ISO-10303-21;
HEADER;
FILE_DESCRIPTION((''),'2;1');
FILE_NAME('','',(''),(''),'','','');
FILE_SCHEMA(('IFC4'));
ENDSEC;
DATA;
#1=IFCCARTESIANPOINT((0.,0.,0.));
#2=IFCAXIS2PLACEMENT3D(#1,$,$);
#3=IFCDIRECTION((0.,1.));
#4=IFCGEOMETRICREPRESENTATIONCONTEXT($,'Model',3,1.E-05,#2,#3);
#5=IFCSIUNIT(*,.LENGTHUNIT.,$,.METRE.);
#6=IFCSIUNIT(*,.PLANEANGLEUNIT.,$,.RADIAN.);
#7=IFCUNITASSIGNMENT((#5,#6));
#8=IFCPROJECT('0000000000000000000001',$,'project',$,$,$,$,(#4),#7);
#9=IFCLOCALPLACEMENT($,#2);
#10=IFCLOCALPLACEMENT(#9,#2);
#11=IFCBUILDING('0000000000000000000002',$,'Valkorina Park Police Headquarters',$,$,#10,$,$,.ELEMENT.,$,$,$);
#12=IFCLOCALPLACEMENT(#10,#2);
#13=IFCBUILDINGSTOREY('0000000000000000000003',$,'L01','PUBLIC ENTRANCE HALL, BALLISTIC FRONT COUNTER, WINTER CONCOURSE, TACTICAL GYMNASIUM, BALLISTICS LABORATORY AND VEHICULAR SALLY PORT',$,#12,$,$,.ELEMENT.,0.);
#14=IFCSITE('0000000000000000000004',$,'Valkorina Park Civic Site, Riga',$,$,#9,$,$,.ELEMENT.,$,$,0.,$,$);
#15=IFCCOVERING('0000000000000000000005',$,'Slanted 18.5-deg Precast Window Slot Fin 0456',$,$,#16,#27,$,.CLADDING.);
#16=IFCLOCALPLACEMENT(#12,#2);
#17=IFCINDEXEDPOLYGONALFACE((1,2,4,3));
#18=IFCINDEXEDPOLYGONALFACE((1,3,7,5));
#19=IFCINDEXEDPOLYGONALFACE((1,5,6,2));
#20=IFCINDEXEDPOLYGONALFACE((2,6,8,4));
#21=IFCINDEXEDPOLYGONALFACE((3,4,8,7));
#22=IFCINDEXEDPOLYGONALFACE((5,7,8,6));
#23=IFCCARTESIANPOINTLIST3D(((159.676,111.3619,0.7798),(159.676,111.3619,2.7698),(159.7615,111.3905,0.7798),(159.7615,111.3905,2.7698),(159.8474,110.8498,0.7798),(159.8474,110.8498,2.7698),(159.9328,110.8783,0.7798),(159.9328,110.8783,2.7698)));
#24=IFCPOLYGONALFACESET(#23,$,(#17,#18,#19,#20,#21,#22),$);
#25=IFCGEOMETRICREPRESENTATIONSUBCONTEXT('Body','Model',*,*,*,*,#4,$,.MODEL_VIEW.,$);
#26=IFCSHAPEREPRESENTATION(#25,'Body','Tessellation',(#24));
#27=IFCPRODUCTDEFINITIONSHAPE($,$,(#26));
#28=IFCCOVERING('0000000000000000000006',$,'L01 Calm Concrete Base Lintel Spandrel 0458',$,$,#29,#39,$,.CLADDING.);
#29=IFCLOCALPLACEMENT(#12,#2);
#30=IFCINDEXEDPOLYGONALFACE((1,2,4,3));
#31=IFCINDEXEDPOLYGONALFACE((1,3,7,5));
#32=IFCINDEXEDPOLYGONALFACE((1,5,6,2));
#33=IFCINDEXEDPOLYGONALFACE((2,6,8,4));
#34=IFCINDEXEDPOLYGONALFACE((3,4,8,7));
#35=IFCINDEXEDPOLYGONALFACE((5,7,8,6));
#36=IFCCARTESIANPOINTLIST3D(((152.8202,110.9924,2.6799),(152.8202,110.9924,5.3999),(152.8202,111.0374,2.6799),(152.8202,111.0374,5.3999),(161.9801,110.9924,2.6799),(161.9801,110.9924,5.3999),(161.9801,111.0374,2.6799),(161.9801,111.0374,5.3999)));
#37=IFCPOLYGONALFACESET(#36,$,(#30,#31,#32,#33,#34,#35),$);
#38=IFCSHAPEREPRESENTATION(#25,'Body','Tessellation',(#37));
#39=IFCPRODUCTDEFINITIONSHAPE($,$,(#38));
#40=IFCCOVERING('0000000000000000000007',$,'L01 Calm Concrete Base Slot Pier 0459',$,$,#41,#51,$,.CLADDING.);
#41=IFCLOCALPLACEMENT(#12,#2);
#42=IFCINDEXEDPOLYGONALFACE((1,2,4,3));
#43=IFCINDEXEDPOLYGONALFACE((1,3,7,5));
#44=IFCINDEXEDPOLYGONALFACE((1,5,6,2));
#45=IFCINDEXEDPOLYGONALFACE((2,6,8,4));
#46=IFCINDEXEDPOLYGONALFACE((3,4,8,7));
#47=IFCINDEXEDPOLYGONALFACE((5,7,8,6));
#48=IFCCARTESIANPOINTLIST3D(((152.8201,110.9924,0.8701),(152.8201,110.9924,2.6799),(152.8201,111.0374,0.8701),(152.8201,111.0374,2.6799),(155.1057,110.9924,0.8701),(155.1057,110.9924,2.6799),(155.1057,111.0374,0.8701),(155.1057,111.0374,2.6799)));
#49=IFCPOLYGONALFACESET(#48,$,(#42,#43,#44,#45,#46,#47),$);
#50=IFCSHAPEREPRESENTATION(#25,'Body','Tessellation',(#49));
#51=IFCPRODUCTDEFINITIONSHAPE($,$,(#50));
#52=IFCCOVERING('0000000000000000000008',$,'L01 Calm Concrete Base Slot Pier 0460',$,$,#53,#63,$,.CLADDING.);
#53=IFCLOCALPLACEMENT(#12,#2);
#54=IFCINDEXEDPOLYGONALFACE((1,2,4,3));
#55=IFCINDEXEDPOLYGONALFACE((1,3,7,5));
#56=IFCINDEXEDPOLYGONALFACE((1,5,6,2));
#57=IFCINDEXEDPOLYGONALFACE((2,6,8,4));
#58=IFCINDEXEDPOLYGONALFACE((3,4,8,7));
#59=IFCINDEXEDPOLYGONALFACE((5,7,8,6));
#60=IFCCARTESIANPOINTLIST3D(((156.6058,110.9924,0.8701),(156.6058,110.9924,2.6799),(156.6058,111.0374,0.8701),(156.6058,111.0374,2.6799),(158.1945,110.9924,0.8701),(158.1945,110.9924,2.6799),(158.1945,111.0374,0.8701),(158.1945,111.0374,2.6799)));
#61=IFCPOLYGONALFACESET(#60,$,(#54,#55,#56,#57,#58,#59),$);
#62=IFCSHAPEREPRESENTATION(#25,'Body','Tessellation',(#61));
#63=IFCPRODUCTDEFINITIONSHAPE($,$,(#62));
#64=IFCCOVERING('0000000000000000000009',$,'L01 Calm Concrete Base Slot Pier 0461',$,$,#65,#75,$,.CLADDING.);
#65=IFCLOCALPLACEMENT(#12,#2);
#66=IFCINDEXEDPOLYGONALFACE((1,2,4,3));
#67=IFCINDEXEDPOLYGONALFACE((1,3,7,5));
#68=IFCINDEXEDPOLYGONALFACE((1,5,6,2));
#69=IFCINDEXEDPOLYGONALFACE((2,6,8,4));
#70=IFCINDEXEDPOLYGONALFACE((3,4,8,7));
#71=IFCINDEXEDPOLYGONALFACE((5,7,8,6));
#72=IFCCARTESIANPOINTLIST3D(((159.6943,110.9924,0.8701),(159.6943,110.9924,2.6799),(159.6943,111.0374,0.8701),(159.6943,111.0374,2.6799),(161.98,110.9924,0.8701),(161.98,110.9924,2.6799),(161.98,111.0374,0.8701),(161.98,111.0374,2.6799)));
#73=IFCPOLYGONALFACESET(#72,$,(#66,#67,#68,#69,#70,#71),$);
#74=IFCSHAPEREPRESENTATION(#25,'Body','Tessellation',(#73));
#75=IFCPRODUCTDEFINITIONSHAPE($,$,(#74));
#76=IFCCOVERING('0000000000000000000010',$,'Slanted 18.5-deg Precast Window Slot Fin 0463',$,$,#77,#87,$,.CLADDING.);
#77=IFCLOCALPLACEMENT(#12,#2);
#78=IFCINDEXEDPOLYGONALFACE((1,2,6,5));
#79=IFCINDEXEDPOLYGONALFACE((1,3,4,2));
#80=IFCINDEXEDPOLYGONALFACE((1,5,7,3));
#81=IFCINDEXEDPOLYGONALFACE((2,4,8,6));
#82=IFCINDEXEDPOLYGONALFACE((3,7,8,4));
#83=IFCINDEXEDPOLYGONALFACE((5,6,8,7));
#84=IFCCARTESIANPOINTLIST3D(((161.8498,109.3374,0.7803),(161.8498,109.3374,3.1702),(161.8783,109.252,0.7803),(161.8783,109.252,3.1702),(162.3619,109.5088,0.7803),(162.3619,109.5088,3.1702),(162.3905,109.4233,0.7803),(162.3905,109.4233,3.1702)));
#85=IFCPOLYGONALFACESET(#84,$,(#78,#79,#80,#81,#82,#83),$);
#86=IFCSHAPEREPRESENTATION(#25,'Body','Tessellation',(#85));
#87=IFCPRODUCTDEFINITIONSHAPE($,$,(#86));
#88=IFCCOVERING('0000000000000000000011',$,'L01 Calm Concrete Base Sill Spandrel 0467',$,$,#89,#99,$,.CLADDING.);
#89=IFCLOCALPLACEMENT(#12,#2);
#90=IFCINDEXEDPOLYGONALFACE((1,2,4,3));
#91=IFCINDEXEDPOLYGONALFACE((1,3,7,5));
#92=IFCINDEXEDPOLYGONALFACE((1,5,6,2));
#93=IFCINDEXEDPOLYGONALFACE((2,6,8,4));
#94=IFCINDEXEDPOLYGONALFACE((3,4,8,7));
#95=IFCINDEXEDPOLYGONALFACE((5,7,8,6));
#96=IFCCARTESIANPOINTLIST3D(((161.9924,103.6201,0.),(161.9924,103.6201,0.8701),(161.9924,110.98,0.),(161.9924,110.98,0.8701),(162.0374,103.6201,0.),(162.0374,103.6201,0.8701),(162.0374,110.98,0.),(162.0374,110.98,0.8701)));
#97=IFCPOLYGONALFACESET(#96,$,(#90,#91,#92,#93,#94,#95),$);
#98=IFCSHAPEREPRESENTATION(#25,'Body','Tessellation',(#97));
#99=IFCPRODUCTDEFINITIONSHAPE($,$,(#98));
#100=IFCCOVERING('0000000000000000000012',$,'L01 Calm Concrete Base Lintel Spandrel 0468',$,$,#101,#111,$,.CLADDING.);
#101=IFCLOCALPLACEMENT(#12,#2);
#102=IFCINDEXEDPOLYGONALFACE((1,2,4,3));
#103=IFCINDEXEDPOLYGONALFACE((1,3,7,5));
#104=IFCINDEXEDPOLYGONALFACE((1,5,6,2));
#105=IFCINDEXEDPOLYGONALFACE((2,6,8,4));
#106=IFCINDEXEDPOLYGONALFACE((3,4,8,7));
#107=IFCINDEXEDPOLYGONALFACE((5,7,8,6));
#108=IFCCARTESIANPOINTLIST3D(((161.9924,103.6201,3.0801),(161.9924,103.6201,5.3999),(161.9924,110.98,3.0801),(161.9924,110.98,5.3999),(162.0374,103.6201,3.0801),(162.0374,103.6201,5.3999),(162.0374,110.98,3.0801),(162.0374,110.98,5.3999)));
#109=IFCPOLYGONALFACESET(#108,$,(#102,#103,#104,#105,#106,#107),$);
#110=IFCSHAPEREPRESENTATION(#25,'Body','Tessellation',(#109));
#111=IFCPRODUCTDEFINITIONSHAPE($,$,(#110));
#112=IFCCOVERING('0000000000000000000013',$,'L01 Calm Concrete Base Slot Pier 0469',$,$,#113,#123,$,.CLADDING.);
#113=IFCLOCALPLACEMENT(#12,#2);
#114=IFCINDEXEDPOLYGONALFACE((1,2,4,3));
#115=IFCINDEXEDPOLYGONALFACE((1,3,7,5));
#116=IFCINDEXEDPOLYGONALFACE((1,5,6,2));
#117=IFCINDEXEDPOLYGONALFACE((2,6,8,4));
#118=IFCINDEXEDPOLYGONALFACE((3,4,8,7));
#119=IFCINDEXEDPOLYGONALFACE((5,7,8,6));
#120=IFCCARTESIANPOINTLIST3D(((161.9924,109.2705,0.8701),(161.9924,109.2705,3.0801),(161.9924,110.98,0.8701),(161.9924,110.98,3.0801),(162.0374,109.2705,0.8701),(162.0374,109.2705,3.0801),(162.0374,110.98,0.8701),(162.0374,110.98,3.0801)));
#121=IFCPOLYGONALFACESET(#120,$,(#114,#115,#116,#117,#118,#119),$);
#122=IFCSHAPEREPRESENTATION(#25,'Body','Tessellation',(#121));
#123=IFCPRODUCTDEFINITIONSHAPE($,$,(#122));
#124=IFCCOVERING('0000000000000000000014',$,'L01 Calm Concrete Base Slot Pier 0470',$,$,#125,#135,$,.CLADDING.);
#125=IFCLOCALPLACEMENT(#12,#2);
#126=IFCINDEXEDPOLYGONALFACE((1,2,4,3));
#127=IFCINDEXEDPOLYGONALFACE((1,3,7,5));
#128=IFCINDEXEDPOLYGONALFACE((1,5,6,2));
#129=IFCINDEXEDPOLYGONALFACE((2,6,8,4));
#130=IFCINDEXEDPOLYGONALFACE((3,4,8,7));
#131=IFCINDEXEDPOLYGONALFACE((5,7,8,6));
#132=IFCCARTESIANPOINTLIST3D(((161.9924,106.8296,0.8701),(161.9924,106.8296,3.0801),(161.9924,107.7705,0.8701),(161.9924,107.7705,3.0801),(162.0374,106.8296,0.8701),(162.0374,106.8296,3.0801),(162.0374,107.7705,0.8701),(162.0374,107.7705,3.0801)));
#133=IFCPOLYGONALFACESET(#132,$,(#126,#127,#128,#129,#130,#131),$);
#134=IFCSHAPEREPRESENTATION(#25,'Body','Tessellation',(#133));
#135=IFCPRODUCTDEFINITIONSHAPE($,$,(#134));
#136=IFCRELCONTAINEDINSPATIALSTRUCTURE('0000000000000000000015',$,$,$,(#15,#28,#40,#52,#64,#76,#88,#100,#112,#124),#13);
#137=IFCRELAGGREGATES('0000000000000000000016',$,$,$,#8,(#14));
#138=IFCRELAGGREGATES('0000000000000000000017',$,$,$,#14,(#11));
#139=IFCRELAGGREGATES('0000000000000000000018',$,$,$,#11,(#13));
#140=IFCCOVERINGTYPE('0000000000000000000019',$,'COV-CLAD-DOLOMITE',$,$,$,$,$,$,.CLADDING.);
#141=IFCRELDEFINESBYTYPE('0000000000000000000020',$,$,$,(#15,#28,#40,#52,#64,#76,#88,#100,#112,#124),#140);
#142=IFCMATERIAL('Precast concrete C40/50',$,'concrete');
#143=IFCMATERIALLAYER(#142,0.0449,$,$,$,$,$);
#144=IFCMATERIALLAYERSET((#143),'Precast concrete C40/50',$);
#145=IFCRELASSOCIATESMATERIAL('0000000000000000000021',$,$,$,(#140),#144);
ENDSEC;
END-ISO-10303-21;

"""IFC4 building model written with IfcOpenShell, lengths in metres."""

from ifc_helpers import new_model, si_unit, direction, frame, frame_2d, origin, origin_2d, place, context, subcontext, project, spatial, rectangle, extrude, material, layer, layer_set, type_object, element, save


model = new_model("IFC4")

# Units and contexts
model_context = context("Model", 3, precision=1e-05, world=origin(), true_north=direction((0.0, 1.0)))
body_context = subcontext(model_context, "Body", "Model", "MODEL_VIEW")
ifc_project = project(units=[si_unit("LENGTHUNIT", "METRE"), si_unit("PLANEANGLEUNIT", "RADIAN")], contexts=[model_context])

# Site, building, storey
site_placement = place(None, origin())
site = spatial("IfcSite", under=ifc_project, at=site_placement, Name="Valkorina Park Civic Site, Riga", CompositionType="ELEMENT", RefElevation=0.0)
building_placement = place(site_placement, origin())
building = spatial("IfcBuilding", under=site, at=building_placement, Name="Valkorina Park Police Headquarters", CompositionType="ELEMENT")
storey_placement = place(building_placement, origin())
storey = spatial("IfcBuildingStorey", under=building, at=storey_placement, Name="L01", Description="PUBLIC ENTRANCE HALL, BALLISTIC FRONT COUNTER, WINTER CONCOURSE, TACTICAL GYMNASIUM, BALLISTICS LABORATORY AND VEHICULAR SALLY PORT", CompositionType="ELEMENT", Elevation=0.0)

# Shared definitions
ifc_material_1 = material(Name="Precast concrete C40/50", Category="concrete")

# Coverings
ifc_layer_1 = layer(ifc_material_1, 0.0449)
ifc_layer_set_1 = layer_set([ifc_layer_1], Name="Precast concrete C40/50")
covering_type = type_object("IfcCoveringType", Name="COV-CLAD-DOLOMITE", PredefinedType="CLADDING", material=ifc_layer_set_1)
for number, where, z_axis, x_axis, name in (
    (1, (159.8044, 111.1201, 0.7798), (0.0, 0.0, 1.0), (-0.317305, 0.948324, 0.0), "Slanted 18.5-deg Precast Window Slot Fin 0456"),
):
    element("IfcCovering", number, at=place(storey_placement, frame(where, z_axis=z_axis, x_axis=x_axis)), inside=storey, type_object=covering_type, Name=name, PredefinedType="CLADDING", context=body_context, shape_type="SweptSolid", body=[
        extrude(rectangle(XDim=0.54, YDim=0.0901, at=origin_2d()), origin(), (0.0, 0.0, 1.0), 1.99),
    ])
covering_1_placement = place(storey_placement, frame((152.8201, 111.0149, 2.6799), z_axis=(0.0, 0.0, 1.0), x_axis=(1.0, 0.0, 0.0)))
element("IfcCovering", 2, at=covering_1_placement, inside=storey, type_object=covering_type, Name="L01 Calm Concrete Base Lintel Spandrel 0458", PredefinedType="CLADDING", context=body_context, shape_type="SweptSolid", body=[
    extrude(rectangle(XDim=9.1599, YDim=0.0449, at=frame_2d((4.5801, 0.0))), origin(), (0.0, 0.0, 1.0), 2.72),
])
covering_2_placement = place(storey_placement, frame((152.8201, 111.0149, 0.8701), z_axis=(0.0, 0.0, 1.0), x_axis=(1.0, 0.0, 0.0)))
element("IfcCovering", 3, at=covering_2_placement, inside=storey, type_object=covering_type, Name="L01 Calm Concrete Base Slot Pier 0459", PredefinedType="CLADDING", context=body_context, shape_type="SweptSolid", body=[
    extrude(rectangle(XDim=2.2856, YDim=0.0449, at=frame_2d((1.1428, 0.0))), origin(), (0.0, 0.0, 1.0), 1.8098),
])
covering_3_placement = place(storey_placement, frame((156.6057, 111.0149, 0.8701), z_axis=(0.0, 0.0, 1.0), x_axis=(1.0, 0.0, 0.0)))
element("IfcCovering", 4, at=covering_3_placement, inside=storey, type_object=covering_type, Name="L01 Calm Concrete Base Slot Pier 0460", PredefinedType="CLADDING", context=body_context, shape_type="SweptSolid", body=[
    extrude(rectangle(XDim=1.5886, YDim=0.0449, at=frame_2d((0.7944, 0.0))), origin(), (0.0, 0.0, 1.0), 1.8098),
])
covering_4_placement = place(storey_placement, frame((159.6943, 111.0149, 0.8701), z_axis=(0.0, 0.0, 1.0), x_axis=(1.0, 0.0, 0.0)))
element("IfcCovering", 5, at=covering_4_placement, inside=storey, type_object=covering_type, Name="L01 Calm Concrete Base Slot Pier 0461", PredefinedType="CLADDING", context=body_context, shape_type="SweptSolid", body=[
    extrude(rectangle(XDim=2.2856, YDim=0.0449, at=frame_2d((1.1428, 0.0))), origin(), (0.0, 0.0, 1.0), 1.8098),
])
covering_5_placement = place(storey_placement, frame((162.1201, 109.3804, 0.7803), z_axis=(0.0, 0.0, 1.0), x_axis=(0.948324, 0.317305, 0.0)))
element("IfcCovering", 6, at=covering_5_placement, inside=storey, type_object=covering_type, Name="Slanted 18.5-deg Precast Window Slot Fin 0463", PredefinedType="CLADDING", context=body_context, shape_type="SweptSolid", body=[
    extrude(rectangle(XDim=0.54, YDim=0.0901, at=origin_2d()), origin(), (0.0, 0.0, 1.0), 2.3899),
])
covering_6_placement = place(storey_placement, frame((162.0149, 110.98, 0.0), z_axis=(0.0, 0.0, 1.0), x_axis=(0.0, -1.0, 0.0)))
element("IfcCovering", 7, at=covering_6_placement, inside=storey, type_object=covering_type, Name="L01 Calm Concrete Base Sill Spandrel 0467", PredefinedType="CLADDING", context=body_context, shape_type="SweptSolid", body=[
    extrude(rectangle(XDim=7.3599, YDim=0.0449, at=frame_2d((3.6799, 0.0))), origin(), (0.0, 0.0, 1.0), 0.8701),
])
covering_7_placement = place(storey_placement, frame((162.0149, 110.98, 3.0801), z_axis=(0.0, 0.0, 1.0), x_axis=(0.0, -1.0, 0.0)))
element("IfcCovering", 8, at=covering_7_placement, inside=storey, type_object=covering_type, Name="L01 Calm Concrete Base Lintel Spandrel 0468", PredefinedType="CLADDING", context=body_context, shape_type="SweptSolid", body=[
    extrude(rectangle(XDim=7.3599, YDim=0.0449, at=frame_2d((3.6799, 0.0))), origin(), (0.0, 0.0, 1.0), 2.3198),
])
covering_8_placement = place(storey_placement, frame((162.0149, 110.98, 0.8701), z_axis=(0.0, 0.0, 1.0), x_axis=(0.0, -1.0, 0.0)))
element("IfcCovering", 9, at=covering_8_placement, inside=storey, type_object=covering_type, Name="L01 Calm Concrete Base Slot Pier 0469", PredefinedType="CLADDING", context=body_context, shape_type="SweptSolid", body=[
    extrude(rectangle(XDim=1.7095, YDim=0.0449, at=frame_2d((0.8547, 0.0))), origin(), (0.0, 0.0, 1.0), 2.21),
])
covering_9_placement = place(storey_placement, frame((162.0149, 107.7705, 0.8701), z_axis=(0.0, 0.0, 1.0), x_axis=(0.0, -1.0, 0.0)))
element("IfcCovering", 10, at=covering_9_placement, inside=storey, type_object=covering_type, Name="L01 Calm Concrete Base Slot Pier 0470", PredefinedType="CLADDING", context=body_context, shape_type="SweptSolid", body=[
    extrude(rectangle(XDim=0.9409, YDim=0.0449, at=frame_2d((0.4705, 0.0))), origin(), (0.0, 0.0, 1.0), 2.21),
])

save(model, "model.ifc")
